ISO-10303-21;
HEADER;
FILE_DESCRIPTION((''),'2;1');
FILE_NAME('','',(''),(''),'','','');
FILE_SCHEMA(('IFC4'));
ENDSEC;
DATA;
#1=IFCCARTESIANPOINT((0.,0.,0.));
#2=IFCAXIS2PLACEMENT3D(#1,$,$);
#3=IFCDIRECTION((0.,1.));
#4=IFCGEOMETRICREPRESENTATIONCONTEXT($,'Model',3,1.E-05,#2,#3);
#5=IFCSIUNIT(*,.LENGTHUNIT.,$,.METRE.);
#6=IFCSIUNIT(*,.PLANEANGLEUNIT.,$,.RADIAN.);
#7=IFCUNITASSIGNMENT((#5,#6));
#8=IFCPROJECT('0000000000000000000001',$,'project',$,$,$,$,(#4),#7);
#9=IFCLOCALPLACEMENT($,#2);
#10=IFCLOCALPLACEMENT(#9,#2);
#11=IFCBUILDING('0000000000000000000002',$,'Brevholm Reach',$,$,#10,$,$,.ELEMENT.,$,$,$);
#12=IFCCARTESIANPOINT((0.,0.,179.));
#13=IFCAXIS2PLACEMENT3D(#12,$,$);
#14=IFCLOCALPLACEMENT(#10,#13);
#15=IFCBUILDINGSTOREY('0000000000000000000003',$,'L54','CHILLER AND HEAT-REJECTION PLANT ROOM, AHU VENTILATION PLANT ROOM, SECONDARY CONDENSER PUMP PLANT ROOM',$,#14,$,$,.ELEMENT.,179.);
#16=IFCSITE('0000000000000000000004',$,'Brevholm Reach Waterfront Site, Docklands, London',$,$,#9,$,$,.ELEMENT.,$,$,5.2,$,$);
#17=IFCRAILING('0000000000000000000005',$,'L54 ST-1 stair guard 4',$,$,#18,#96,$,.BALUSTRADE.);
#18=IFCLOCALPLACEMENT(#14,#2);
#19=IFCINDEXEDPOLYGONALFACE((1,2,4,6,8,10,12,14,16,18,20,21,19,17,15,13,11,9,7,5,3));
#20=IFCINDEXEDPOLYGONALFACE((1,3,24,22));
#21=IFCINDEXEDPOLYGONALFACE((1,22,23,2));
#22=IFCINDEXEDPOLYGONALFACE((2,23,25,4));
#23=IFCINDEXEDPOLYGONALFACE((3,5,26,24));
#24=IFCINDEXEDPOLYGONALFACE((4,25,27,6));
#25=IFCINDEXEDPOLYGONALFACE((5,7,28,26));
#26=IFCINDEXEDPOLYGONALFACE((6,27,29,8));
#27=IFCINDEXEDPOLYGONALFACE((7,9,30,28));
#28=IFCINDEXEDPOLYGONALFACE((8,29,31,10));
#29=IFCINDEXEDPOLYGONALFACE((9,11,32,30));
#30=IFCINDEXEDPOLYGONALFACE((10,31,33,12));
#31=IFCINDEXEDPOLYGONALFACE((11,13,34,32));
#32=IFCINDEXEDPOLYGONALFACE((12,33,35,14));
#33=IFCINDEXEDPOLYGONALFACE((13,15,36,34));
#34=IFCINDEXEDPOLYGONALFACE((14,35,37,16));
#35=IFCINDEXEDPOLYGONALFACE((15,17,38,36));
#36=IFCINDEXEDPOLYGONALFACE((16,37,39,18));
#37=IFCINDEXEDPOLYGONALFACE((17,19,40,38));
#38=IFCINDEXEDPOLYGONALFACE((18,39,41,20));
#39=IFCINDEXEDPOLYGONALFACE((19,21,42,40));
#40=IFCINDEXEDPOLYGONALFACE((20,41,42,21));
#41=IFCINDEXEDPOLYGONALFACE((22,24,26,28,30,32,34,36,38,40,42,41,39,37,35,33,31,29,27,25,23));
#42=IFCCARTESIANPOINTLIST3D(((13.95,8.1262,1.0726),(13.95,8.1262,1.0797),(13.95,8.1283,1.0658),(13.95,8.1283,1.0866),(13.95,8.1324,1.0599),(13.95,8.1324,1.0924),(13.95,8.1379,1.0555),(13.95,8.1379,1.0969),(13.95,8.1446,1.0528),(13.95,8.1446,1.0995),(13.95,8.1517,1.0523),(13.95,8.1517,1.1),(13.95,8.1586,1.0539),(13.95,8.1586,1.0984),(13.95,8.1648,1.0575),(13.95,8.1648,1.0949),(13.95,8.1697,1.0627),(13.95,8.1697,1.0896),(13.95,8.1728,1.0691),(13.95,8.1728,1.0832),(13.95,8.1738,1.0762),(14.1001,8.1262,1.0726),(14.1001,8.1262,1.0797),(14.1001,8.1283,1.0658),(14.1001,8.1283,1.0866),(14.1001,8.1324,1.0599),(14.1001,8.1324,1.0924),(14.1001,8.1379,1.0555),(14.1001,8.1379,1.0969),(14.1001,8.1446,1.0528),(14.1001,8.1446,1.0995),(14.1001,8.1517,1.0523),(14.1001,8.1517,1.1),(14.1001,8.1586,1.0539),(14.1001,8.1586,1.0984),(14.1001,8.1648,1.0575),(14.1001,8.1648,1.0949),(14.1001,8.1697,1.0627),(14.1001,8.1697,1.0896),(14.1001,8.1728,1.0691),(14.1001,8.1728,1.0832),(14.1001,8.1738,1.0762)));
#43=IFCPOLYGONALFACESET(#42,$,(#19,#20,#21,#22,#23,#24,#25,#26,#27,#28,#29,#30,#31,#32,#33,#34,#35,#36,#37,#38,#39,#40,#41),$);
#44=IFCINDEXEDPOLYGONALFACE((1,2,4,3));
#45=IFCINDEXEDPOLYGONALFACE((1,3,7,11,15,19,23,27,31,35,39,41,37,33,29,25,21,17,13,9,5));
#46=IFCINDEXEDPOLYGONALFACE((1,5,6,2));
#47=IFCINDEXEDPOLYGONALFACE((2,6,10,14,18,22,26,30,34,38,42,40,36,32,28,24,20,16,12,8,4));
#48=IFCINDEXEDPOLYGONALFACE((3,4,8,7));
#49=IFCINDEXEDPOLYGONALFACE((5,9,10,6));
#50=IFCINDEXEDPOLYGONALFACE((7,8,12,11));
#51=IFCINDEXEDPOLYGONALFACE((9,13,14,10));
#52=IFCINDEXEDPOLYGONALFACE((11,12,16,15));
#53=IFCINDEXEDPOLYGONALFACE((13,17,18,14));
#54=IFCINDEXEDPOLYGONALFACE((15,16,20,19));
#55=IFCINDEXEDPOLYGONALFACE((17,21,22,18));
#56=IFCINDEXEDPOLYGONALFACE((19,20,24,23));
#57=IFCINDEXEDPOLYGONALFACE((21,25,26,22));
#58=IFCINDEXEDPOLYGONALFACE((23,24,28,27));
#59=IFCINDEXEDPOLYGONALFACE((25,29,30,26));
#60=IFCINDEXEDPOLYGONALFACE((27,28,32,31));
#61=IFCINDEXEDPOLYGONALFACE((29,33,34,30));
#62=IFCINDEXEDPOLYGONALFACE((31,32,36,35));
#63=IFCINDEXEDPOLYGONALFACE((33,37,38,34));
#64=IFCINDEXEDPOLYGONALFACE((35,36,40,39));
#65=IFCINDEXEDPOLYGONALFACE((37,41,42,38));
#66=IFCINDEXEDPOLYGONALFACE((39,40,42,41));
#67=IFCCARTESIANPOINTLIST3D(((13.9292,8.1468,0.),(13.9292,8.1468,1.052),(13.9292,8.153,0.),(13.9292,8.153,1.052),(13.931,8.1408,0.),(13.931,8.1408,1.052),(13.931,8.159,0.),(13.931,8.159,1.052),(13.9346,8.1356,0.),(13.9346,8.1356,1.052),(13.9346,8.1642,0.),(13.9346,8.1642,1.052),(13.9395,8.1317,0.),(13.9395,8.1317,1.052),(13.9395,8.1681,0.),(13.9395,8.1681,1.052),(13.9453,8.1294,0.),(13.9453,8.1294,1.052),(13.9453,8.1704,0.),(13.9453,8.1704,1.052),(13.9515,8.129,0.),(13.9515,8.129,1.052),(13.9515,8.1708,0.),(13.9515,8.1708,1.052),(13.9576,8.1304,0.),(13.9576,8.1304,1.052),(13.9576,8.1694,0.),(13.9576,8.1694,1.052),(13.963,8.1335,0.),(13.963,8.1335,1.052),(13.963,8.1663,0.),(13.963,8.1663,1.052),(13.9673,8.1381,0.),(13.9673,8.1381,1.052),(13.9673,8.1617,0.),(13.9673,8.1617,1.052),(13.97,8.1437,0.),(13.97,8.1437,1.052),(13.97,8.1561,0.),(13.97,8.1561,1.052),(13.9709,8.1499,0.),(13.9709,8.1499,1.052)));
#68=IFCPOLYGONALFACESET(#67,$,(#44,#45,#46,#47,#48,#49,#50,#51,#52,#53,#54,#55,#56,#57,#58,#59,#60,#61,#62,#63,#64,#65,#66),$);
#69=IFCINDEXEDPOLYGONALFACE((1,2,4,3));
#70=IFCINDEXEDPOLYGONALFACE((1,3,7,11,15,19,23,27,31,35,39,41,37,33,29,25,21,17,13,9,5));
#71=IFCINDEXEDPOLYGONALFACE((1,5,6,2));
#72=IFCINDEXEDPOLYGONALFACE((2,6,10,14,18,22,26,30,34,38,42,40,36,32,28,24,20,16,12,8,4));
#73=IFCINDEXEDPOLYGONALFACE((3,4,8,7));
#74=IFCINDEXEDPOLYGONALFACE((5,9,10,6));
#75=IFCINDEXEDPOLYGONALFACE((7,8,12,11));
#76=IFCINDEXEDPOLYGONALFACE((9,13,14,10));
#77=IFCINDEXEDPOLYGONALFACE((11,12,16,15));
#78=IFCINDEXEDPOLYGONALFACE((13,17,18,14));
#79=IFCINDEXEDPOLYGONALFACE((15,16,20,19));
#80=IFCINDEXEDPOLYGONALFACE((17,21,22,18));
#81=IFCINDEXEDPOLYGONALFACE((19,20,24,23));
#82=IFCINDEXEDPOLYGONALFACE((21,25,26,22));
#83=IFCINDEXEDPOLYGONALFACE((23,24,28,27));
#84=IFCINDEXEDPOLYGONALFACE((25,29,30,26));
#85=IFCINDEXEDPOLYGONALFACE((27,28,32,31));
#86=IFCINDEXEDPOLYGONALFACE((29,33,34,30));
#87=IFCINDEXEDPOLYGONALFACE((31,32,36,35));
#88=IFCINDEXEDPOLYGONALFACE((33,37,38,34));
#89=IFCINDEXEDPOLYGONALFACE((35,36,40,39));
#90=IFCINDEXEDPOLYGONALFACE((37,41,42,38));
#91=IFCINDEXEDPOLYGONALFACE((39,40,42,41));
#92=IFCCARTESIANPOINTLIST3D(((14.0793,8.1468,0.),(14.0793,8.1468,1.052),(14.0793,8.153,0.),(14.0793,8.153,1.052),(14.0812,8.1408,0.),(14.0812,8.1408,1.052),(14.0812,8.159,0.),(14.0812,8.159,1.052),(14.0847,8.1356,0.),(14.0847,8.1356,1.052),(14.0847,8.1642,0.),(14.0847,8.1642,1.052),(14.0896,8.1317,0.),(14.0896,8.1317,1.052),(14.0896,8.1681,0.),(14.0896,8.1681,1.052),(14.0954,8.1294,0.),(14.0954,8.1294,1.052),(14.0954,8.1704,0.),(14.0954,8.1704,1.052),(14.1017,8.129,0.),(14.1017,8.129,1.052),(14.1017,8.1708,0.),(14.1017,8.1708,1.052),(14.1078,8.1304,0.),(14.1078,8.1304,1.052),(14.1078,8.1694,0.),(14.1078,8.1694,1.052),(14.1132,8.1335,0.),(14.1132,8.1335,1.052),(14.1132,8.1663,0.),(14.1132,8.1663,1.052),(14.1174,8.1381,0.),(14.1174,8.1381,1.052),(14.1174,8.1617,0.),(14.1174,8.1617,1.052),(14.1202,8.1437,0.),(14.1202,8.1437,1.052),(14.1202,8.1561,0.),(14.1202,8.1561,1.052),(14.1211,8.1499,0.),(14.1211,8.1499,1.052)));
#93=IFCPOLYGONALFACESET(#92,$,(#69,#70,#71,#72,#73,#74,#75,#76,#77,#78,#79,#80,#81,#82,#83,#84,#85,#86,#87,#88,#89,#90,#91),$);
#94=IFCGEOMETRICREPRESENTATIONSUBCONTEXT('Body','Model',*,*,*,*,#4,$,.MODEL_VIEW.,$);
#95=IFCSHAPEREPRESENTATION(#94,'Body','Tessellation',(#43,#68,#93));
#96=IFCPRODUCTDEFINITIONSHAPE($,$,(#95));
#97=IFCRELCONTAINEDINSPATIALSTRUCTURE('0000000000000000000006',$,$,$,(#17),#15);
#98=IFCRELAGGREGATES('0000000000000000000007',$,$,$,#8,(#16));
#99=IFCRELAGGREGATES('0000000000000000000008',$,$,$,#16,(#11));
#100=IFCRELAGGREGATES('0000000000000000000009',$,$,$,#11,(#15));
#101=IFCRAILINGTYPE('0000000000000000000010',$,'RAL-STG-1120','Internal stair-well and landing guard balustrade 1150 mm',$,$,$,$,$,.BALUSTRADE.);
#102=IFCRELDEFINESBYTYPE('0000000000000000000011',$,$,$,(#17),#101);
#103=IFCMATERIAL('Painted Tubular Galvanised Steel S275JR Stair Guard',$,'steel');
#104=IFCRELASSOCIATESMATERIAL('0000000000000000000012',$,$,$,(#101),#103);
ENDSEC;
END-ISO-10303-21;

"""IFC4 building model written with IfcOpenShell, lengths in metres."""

from ifc_helpers import new_model, si_unit, direction, frame, origin, origin_2d, place, context, subcontext, project, spatial, circle, extrude, material, type_object, element, save


model = new_model("IFC4")

# Units and contexts
model_context = context("Model", 3, precision=1e-05, world=origin(), true_north=direction((0.0, 1.0)))
body_context = subcontext(model_context, "Body", "Model", "MODEL_VIEW")
ifc_project = project(units=[si_unit("LENGTHUNIT", "METRE"), si_unit("PLANEANGLEUNIT", "RADIAN")], contexts=[model_context])

# Site, building, storey
site_placement = place(None, origin())
site = spatial("IfcSite", under=ifc_project, at=site_placement, Name="Brevholm Reach Waterfront Site, Docklands, London", CompositionType="ELEMENT", RefElevation=5.2)
building_placement = place(site_placement, origin())
building = spatial("IfcBuilding", under=site, at=building_placement, Name="Brevholm Reach", CompositionType="ELEMENT")
storey_placement = place(building_placement, frame((0.0, 0.0, 179.0)))
storey = spatial("IfcBuildingStorey", under=building, at=storey_placement, Name="L54", Description="CHILLER AND HEAT-REJECTION PLANT ROOM, AHU VENTILATION PLANT ROOM, SECONDARY CONDENSER PUMP PLANT ROOM", CompositionType="ELEMENT", Elevation=179.0)

# Railing
ifc_material_1 = material(Name="Painted Tubular Galvanised Steel S275JR Stair Guard", Category="steel")
railing_type_1 = type_object("IfcRailingType", Name="RAL-STG-1120", Description="Internal stair-well and landing guard balustrade 1150 mm", PredefinedType="BALUSTRADE", material=ifc_material_1)
railing_1_placement = place(storey_placement, frame((13.95, 8.1499, 0.0)))
element("IfcRailing", 1, at=railing_1_placement, inside=storey, type_object=railing_type_1, Name="L54 ST-1 stair guard 4", PredefinedType="BALUSTRADE", context=body_context, shape_type="SweptSolid", body=[
    extrude(circle(Radius=0.0239, at=origin_2d()), frame((0.0, 0.0, 1.0762), z_axis=(1.0, 0.0, 0.0), x_axis=(0.0, 1.0, 0.0)), (0.0, 0.0, 1.0), 0.1501),
    extrude(circle(Radius=0.021, at=origin_2d()), origin(), (0.0, 0.0, 1.0), 1.052),
    extrude(circle(Radius=0.021, at=origin_2d()), frame((0.1501, 0.0, 0.0)), (0.0, 0.0, 1.0), 1.052),
])

save(model, "model.ifc")
